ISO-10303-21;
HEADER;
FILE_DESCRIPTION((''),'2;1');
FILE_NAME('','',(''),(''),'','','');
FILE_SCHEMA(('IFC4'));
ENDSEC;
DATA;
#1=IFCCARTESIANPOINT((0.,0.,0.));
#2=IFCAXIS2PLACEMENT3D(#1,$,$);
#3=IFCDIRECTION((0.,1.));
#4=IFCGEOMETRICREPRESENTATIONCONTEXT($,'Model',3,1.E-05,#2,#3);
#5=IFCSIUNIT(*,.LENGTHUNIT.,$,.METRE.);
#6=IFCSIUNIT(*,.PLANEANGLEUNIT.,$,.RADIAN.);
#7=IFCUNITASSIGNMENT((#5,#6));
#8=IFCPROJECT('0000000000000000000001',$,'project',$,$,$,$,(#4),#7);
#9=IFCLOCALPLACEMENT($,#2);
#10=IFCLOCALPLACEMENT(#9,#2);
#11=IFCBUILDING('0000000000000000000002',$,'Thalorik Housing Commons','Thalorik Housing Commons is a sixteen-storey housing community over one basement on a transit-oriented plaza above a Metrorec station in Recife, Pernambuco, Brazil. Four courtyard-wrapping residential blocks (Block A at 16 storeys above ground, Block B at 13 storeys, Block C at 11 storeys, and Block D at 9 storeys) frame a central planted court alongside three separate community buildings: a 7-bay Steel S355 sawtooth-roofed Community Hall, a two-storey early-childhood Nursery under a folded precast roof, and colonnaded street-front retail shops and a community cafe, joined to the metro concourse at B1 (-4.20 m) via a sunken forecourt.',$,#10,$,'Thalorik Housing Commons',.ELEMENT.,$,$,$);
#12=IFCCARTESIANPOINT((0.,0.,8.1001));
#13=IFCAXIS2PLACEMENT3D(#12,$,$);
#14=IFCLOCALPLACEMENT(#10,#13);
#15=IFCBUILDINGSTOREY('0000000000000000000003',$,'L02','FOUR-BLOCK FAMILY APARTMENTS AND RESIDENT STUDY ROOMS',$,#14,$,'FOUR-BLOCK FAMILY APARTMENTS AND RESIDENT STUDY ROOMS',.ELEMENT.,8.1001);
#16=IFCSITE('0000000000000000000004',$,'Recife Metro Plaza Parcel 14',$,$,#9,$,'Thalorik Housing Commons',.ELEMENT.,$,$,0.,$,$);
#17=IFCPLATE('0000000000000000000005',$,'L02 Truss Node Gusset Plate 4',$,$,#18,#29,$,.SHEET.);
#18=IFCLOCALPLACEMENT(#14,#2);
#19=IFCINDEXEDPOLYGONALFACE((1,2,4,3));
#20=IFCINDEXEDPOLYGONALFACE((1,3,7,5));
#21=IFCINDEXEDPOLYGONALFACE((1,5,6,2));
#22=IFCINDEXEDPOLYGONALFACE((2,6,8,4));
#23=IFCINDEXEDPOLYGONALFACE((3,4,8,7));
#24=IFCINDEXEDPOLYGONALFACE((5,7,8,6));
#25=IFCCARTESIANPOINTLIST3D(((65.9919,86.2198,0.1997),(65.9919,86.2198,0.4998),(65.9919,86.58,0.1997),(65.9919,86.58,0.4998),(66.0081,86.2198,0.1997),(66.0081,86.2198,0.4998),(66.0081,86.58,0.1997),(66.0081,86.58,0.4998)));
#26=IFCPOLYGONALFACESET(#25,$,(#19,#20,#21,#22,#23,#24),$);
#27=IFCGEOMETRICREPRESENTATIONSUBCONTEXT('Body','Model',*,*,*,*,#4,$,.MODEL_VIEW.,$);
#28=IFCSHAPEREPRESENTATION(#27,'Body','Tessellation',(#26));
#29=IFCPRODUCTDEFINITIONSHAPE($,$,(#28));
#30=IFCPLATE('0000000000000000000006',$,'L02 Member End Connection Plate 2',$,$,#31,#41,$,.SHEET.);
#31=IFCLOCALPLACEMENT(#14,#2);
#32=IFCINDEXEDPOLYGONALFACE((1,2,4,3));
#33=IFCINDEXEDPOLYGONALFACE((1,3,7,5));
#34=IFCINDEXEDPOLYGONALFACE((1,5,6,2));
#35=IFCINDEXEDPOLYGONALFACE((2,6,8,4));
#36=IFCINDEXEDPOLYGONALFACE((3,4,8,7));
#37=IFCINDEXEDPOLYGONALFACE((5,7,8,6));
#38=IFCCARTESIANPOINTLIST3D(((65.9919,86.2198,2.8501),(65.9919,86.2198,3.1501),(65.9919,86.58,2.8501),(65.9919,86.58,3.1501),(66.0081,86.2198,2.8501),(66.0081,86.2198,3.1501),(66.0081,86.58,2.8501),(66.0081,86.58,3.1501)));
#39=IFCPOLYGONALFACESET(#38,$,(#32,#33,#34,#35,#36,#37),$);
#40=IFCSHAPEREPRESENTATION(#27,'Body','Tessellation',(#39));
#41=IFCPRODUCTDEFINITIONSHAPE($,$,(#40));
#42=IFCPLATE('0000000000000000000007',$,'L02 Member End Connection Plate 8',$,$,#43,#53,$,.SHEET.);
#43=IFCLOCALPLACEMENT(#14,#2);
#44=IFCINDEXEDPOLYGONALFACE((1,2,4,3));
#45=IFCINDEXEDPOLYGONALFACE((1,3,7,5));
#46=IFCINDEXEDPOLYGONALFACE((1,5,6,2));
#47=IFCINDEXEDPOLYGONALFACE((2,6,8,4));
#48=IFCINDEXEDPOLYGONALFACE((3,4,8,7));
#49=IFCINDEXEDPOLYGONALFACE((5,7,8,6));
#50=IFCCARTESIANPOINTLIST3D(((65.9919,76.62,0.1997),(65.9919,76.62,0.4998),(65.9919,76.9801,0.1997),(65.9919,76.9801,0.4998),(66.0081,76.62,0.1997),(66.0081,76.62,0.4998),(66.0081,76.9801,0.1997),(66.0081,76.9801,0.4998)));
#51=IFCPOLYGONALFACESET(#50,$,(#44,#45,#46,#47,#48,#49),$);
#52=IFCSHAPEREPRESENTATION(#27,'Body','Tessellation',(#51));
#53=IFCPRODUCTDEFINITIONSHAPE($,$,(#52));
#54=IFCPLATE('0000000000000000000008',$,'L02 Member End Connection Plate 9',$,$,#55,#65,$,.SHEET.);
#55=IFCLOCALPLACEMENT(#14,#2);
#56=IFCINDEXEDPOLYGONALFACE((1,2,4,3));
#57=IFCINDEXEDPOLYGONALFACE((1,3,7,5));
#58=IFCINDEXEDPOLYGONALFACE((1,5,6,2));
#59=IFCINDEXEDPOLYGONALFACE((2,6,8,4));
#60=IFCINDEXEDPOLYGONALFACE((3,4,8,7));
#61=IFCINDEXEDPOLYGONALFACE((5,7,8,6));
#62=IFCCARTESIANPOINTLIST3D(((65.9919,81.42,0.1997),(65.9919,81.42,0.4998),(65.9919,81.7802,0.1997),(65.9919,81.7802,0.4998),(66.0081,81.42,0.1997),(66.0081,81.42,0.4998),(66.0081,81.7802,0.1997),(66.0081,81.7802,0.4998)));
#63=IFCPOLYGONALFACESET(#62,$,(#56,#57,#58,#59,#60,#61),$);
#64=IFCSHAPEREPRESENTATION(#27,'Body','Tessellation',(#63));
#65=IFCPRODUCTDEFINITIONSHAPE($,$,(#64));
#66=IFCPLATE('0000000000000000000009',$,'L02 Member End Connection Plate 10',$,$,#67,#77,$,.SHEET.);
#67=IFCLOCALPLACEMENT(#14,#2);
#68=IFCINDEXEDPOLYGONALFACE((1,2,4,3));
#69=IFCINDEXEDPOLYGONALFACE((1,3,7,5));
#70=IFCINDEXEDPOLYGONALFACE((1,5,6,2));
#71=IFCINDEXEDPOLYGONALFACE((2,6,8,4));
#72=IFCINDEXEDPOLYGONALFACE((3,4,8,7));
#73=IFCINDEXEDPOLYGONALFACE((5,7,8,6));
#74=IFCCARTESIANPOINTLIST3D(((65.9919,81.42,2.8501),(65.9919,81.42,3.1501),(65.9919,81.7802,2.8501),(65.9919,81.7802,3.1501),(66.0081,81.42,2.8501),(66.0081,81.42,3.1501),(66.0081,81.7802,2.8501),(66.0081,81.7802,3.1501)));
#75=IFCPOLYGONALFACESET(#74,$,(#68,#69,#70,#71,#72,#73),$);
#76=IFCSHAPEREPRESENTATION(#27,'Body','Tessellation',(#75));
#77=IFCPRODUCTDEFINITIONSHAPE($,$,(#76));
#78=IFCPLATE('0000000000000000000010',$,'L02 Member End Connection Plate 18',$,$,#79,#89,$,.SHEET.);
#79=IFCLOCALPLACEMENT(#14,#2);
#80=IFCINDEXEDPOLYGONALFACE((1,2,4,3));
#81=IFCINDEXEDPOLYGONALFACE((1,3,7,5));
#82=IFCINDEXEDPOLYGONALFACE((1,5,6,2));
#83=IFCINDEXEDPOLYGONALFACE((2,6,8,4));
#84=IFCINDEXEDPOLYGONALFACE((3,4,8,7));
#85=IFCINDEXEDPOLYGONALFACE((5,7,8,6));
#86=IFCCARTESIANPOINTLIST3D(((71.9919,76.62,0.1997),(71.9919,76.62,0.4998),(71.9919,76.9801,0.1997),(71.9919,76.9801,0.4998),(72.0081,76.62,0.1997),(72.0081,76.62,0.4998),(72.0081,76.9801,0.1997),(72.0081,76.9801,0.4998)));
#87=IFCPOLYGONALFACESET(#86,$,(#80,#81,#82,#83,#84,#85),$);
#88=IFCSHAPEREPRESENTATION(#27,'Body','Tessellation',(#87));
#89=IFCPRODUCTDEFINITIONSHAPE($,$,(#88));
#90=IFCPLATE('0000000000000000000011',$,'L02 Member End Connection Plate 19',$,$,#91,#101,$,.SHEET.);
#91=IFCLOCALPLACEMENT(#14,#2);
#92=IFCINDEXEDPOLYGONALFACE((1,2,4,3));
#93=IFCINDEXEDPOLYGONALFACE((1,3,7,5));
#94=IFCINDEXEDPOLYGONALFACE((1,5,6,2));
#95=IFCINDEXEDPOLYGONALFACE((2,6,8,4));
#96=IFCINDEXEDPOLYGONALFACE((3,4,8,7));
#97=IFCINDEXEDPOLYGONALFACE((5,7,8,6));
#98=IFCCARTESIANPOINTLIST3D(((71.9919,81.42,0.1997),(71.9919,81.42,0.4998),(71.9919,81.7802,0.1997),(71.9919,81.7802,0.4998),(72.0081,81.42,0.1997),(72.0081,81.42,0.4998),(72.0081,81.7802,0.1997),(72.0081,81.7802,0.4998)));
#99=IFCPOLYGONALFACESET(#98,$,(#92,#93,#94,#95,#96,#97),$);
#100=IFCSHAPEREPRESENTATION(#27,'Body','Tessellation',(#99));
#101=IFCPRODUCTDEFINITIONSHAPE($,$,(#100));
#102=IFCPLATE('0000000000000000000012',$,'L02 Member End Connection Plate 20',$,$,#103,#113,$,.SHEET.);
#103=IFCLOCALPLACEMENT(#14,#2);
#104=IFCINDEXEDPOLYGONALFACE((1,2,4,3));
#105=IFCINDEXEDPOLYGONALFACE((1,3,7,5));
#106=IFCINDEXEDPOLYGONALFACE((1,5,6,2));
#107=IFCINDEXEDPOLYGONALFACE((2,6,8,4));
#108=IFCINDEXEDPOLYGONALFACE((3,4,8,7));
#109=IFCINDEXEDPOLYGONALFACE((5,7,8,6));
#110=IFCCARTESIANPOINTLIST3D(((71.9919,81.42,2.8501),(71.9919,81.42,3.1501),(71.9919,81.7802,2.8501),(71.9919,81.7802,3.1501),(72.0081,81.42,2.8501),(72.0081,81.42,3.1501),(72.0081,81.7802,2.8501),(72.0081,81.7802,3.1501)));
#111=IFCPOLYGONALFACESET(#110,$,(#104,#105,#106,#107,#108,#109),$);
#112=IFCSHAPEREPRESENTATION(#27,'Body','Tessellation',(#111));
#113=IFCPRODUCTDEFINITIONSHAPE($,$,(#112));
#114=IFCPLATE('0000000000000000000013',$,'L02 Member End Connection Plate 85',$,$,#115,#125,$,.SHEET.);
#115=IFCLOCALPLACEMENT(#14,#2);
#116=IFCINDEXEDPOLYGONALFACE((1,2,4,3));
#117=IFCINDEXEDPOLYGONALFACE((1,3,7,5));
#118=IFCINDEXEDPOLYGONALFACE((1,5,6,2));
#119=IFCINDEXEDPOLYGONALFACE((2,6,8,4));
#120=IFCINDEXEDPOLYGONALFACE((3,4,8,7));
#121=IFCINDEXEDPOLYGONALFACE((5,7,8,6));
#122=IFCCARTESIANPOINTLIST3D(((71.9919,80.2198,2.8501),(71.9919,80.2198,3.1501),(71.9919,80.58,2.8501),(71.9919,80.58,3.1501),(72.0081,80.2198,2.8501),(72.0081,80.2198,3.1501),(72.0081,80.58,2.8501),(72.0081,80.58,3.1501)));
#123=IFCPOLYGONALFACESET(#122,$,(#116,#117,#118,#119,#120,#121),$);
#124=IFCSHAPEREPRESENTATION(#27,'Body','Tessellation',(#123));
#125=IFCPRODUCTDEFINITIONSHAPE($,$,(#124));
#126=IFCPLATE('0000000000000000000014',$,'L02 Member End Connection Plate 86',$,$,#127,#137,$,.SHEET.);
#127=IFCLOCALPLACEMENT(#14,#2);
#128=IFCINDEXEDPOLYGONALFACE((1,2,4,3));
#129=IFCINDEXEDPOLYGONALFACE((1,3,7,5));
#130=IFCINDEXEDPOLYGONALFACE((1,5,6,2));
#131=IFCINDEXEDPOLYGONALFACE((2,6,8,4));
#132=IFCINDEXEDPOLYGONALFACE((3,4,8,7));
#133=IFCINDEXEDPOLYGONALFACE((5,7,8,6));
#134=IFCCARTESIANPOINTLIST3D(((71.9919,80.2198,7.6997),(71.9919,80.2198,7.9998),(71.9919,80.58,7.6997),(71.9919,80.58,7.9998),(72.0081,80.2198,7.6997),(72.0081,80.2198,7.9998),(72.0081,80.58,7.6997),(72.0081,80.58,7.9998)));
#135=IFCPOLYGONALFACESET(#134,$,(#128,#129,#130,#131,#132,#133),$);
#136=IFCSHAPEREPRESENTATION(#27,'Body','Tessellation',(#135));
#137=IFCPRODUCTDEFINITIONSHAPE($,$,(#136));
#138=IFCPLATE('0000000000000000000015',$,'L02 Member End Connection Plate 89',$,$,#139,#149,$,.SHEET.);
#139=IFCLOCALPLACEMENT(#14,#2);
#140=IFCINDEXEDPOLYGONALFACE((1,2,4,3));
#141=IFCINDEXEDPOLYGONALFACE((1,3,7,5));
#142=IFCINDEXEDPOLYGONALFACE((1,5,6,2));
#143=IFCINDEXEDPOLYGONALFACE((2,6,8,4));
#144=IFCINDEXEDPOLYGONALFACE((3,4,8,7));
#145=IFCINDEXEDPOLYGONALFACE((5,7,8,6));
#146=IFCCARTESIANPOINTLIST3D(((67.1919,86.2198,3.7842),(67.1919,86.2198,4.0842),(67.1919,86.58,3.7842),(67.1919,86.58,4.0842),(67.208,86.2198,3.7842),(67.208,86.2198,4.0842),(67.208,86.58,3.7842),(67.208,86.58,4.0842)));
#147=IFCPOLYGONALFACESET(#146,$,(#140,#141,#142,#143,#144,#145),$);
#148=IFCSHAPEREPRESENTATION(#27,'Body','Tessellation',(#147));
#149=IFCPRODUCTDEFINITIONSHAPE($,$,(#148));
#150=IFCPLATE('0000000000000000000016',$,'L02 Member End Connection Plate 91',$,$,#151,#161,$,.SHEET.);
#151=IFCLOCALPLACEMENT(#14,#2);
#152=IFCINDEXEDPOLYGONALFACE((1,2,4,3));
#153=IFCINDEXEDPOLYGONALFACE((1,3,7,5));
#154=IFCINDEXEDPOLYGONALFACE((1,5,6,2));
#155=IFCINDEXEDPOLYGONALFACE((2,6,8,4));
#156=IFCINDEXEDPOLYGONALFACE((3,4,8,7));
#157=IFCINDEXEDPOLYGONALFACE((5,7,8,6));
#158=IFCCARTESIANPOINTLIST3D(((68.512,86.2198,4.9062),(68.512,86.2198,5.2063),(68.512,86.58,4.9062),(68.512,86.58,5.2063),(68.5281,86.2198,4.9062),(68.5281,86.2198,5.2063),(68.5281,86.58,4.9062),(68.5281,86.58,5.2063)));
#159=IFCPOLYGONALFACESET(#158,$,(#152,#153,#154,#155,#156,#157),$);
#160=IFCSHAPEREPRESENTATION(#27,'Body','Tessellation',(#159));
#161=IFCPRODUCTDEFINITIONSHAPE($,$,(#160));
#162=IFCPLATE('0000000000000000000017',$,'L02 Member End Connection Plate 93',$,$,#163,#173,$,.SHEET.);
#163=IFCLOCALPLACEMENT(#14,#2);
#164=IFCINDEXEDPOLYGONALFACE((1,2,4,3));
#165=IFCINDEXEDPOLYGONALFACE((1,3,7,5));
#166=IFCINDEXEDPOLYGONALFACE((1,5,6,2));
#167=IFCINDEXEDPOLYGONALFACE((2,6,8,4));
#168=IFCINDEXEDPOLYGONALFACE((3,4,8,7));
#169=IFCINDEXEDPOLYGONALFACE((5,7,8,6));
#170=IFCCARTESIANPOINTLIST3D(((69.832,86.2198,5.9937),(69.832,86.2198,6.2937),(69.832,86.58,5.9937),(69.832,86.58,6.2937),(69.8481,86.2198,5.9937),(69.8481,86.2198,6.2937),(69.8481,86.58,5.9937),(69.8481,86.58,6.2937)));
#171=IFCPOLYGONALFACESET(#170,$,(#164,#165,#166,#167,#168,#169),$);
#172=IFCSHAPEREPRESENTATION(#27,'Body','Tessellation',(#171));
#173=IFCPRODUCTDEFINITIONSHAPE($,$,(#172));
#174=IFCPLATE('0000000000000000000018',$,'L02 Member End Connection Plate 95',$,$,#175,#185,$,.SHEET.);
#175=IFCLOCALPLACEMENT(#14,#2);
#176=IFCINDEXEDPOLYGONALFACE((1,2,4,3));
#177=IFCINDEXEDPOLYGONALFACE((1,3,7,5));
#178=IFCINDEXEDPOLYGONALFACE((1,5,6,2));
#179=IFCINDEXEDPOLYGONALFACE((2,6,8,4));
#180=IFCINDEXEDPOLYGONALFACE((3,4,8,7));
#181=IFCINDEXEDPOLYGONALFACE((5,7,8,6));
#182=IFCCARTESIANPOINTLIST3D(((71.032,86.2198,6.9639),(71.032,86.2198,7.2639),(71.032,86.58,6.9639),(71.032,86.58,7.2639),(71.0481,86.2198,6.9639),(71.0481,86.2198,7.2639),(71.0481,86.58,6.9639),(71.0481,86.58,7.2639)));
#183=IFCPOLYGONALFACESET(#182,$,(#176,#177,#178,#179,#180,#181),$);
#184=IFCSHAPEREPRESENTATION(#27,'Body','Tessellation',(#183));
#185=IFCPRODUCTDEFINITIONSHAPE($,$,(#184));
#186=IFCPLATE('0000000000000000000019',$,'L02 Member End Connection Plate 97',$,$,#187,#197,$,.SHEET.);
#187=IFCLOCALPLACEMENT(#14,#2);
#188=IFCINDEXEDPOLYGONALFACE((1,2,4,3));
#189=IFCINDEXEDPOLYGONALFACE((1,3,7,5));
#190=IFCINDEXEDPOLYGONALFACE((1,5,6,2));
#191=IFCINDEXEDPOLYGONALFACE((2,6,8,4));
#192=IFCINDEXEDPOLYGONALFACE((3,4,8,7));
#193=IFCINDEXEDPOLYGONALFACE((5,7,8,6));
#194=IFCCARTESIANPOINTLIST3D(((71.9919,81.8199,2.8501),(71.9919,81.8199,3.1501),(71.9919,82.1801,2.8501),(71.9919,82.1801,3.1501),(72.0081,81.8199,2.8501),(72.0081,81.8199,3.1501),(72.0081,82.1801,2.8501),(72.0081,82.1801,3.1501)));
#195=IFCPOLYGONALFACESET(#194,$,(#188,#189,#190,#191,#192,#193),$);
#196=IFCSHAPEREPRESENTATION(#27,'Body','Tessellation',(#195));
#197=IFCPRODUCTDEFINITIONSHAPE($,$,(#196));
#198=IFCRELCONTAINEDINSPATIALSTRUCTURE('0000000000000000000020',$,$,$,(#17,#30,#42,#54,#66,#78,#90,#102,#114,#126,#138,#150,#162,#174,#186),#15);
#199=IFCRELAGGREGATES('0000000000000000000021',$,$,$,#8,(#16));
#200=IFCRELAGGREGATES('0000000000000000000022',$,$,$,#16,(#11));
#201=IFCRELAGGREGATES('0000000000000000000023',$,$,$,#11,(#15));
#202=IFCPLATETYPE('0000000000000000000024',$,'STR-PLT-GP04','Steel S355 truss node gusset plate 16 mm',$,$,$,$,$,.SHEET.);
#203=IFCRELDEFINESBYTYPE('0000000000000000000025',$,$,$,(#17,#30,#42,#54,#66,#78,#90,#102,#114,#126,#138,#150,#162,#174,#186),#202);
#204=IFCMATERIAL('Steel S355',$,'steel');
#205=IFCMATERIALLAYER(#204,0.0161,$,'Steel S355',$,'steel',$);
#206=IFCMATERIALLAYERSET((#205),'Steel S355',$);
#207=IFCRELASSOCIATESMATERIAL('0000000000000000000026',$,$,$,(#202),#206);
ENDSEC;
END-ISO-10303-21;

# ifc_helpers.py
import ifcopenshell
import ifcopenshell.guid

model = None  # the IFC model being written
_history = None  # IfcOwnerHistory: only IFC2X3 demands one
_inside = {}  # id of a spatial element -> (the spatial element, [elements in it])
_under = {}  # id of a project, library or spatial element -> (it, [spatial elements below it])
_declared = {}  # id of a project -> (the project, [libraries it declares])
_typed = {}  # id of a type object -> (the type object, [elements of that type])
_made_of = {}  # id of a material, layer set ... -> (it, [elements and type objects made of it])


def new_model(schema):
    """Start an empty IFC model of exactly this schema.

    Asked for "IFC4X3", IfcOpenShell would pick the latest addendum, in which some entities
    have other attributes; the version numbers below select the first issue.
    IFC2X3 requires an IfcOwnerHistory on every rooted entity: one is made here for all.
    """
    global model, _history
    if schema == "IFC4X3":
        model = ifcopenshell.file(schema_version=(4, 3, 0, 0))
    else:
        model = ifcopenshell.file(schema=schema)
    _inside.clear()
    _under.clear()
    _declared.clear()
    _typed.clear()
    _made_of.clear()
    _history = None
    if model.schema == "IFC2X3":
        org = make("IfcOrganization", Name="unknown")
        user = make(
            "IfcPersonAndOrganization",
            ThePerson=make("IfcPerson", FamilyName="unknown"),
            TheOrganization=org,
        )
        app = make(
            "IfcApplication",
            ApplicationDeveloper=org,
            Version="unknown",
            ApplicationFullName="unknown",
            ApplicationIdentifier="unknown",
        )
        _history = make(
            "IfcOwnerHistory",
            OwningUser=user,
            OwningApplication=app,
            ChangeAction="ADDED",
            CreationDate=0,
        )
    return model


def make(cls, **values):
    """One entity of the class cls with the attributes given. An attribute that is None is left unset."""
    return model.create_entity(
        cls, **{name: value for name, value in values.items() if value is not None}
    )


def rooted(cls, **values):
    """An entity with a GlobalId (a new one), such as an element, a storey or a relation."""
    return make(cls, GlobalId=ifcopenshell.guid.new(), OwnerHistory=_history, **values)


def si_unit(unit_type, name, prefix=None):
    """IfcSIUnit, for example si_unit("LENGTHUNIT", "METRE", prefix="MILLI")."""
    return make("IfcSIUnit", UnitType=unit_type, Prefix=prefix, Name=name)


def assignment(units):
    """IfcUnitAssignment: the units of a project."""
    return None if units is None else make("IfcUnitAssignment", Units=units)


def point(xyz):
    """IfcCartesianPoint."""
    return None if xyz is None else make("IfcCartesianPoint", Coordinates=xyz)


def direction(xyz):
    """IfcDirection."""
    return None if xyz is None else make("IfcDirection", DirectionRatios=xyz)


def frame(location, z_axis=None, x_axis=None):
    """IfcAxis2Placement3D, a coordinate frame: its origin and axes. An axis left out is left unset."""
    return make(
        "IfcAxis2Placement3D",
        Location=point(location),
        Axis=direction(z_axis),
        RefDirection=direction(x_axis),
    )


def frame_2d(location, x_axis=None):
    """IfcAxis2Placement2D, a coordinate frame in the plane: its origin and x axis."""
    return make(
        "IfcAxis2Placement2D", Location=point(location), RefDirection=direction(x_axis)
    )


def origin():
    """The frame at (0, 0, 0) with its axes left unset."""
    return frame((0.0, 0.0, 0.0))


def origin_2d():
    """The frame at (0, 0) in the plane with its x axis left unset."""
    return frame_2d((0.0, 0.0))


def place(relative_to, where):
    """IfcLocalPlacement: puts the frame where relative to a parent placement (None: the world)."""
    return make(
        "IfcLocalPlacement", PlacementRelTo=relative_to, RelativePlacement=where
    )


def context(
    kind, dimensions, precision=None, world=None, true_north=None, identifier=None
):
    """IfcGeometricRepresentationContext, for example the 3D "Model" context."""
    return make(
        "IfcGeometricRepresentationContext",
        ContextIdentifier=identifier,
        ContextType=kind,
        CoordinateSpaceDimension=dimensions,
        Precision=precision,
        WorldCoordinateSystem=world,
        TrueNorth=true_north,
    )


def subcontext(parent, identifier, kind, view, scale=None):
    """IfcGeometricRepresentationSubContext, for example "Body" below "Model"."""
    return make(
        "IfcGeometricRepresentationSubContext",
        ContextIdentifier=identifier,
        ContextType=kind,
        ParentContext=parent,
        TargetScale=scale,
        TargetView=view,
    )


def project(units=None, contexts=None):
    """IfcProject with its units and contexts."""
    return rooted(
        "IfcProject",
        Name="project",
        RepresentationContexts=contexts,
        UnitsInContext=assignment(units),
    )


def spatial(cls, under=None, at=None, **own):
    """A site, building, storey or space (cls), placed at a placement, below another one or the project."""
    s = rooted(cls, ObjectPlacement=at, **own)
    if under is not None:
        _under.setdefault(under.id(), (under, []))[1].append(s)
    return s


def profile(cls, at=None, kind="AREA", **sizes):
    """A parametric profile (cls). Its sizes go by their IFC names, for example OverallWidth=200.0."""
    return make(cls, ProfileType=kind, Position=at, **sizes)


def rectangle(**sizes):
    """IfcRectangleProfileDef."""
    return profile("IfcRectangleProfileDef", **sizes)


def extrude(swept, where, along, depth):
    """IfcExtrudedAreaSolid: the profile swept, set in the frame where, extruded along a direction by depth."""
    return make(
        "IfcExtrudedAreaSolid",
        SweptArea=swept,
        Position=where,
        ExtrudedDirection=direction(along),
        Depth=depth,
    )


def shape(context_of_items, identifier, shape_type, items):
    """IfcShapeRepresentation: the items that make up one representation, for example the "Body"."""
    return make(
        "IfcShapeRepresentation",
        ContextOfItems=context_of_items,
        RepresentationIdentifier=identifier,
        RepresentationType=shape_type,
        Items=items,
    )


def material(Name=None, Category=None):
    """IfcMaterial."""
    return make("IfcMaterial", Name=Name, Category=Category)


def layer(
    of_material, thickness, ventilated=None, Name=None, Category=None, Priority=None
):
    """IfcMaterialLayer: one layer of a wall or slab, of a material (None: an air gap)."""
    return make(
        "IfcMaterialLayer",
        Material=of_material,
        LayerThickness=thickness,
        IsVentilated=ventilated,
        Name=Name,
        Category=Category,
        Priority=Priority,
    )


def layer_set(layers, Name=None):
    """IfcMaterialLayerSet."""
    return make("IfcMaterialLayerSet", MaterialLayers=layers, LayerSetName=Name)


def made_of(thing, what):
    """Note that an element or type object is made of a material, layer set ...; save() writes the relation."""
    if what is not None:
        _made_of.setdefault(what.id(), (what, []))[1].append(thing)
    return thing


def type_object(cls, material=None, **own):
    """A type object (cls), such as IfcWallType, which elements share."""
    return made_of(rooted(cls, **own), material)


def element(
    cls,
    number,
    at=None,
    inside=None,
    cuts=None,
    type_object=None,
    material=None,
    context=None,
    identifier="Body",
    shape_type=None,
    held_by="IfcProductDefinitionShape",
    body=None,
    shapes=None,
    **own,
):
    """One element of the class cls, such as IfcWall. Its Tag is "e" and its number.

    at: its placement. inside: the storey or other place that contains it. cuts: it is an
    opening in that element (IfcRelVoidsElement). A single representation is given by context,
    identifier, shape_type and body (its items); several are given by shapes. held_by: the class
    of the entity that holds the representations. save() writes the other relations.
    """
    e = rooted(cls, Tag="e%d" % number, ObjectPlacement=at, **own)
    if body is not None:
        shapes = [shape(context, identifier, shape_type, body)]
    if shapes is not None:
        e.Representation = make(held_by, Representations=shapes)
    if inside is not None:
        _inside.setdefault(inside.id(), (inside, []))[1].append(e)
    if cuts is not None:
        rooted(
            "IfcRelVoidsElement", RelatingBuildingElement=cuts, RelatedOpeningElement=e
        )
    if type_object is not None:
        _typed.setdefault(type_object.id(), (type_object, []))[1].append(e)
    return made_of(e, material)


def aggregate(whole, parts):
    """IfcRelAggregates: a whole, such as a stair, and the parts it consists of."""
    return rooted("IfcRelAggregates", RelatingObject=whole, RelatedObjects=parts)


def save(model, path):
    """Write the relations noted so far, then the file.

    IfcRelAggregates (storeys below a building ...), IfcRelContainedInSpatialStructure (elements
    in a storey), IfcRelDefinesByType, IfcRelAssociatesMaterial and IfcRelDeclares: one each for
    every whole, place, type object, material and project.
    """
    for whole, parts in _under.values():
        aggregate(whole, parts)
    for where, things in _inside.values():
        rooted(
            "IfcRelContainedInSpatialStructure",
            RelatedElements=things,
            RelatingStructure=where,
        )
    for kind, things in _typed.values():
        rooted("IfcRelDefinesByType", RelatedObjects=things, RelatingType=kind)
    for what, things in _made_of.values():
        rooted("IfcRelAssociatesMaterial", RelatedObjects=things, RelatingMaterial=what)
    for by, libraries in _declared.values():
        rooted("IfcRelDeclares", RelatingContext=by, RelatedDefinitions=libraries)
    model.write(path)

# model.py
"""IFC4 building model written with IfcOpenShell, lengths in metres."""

from ifc_helpers import new_model, si_unit, direction, frame, origin, origin_2d, place, context, subcontext, project, spatial, rectangle, extrude, material, layer, layer_set, type_object, element, save


model = new_model("IFC4")

# Units and contexts
model_context = context("Model", 3, precision=1e-05, world=origin(), true_north=direction((0.0, 1.0)))
body_context = subcontext(model_context, "Body", "Model", "MODEL_VIEW")
ifc_project = project(units=[si_unit("LENGTHUNIT", "METRE"), si_unit("PLANEANGLEUNIT", "RADIAN")], contexts=[model_context])

# Site, building, storey
site_placement = place(None, origin())
site = spatial("IfcSite", under=ifc_project, at=site_placement, Name="Recife Metro Plaza Parcel 14", LongName="Thalorik Housing Commons", CompositionType="ELEMENT", RefElevation=0.0)
building_placement = place(site_placement, origin())
building = spatial("IfcBuilding", under=site, at=building_placement, Name="Thalorik Housing Commons", Description="Thalorik Housing Commons is a sixteen-storey housing community over one basement on a transit-oriented plaza above a Metrorec station in Recife, Pernambuco, Brazil. Four courtyard-wrapping residential blocks (Block A at 16 storeys above ground, Block B at 13 storeys, Block C at 11 storeys, and Block D at 9 storeys) frame a central planted court alongside three separate community buildings: a 7-bay Steel S355 sawtooth-roofed Community Hall, a two-storey early-childhood Nursery under a folded precast roof, and colonnaded street-front retail shops and a community cafe, joined to the metro concourse at B1 (-4.20 m) via a sunken forecourt.", LongName="Thalorik Housing Commons", CompositionType="ELEMENT")
storey_placement = place(building_placement, frame((0.0, 0.0, 8.1001)))
storey = spatial("IfcBuildingStorey", under=building, at=storey_placement, Name="L02", Description="FOUR-BLOCK FAMILY APARTMENTS AND RESIDENT STUDY ROOMS", LongName="FOUR-BLOCK FAMILY APARTMENTS AND RESIDENT STUDY ROOMS", CompositionType="ELEMENT", Elevation=8.1001)

# Shared definitions
ifc_material_1 = material(Name="Steel S355", Category="steel")

# Plates
ifc_layer_1 = layer(ifc_material_1, 0.0161, Name="Steel S355", Category="steel")
ifc_layer_set_1 = layer_set([ifc_layer_1], Name="Steel S355")
plate_type_1 = type_object("IfcPlateType", Name="STR-PLT-GP04", Description="Steel S355 truss node gusset plate 16 mm", PredefinedType="SHEET", material=ifc_layer_set_1)
for number, where, z_axis, x_axis, name in (
    (1, (66.0, 86.3999, 0.1997), (0.0, 0.0, 1.0), (1.0, 0.0, 0.0), "L02 Truss Node Gusset Plate 4"),
    (2, (66.0, 86.3999, 2.8501), (0.0, 0.0, 1.0), (1.0, 0.0, 0.0), "L02 Member End Connection Plate 2"),
    (3, (66.0, 76.8, 0.1997), (0.0, 0.0, 1.0), (1.0, 0.0, 0.0), "L02 Member End Connection Plate 8"),
    (4, (66.0, 81.6001, 0.1997), (0.0, 0.0, 1.0), (1.0, 0.0, 0.0), "L02 Member End Connection Plate 9"),
    (5, (66.0, 81.6001, 2.8501), (0.0, 0.0, 1.0), (1.0, 0.0, 0.0), "L02 Member End Connection Plate 10"),
    (6, (72.0, 76.8, 0.1997), (0.0, 0.0, 1.0), (1.0, 0.0, 0.0), "L02 Member End Connection Plate 18"),
    (7, (72.0, 81.6001, 0.1997), (0.0, 0.0, 1.0), (1.0, 0.0, 0.0), "L02 Member End Connection Plate 19"),
    (8, (72.0, 81.6001, 2.8501), (0.0, 0.0, 1.0), (1.0, 0.0, 0.0), "L02 Member End Connection Plate 20"),
    (9, (72.0, 80.3999, 2.8501), (0.0, 0.0, 1.0), (1.0, 0.0, 0.0), "L02 Member End Connection Plate 85"),
    (10, (72.0, 80.3999, 7.6997), (0.0, 0.0, 1.0), (1.0, 0.0, 0.0), "L02 Member End Connection Plate 86"),
    (11, (67.2, 86.3999, 3.7842), (0.0, 0.0, 1.0), (1.0, 0.0, 0.0), "L02 Member End Connection Plate 89"),
    (12, (68.52, 86.3999, 4.9062), (0.0, 0.0, 1.0), (1.0, 0.0, 0.0), "L02 Member End Connection Plate 91"),
    (13, (69.8401, 86.3999, 5.9937), (0.0, 0.0, 1.0), (1.0, 0.0, 0.0), "L02 Member End Connection Plate 93"),
    (14, (71.04, 86.3999, 6.9639), (0.0, 0.0, 1.0), (1.0, 0.0, 0.0), "L02 Member End Connection Plate 95"),
    (15, (72.0, 82.0, 2.8501), (0.0, 0.0, 1.0), (1.0, 0.0, 0.0), "L02 Member End Connection Plate 97"),
):
    element("IfcPlate", number, at=place(storey_placement, frame(where, z_axis=z_axis, x_axis=x_axis)), inside=storey, type_object=plate_type_1, Name=name, PredefinedType="SHEET", context=body_context, shape_type="SweptSolid", body=[
        extrude(rectangle(XDim=0.0161, YDim=0.3601, at=origin_2d()), origin(), (0.0, 0.0, 1.0), 0.3),
    ])

save(model, "model.ifc")
